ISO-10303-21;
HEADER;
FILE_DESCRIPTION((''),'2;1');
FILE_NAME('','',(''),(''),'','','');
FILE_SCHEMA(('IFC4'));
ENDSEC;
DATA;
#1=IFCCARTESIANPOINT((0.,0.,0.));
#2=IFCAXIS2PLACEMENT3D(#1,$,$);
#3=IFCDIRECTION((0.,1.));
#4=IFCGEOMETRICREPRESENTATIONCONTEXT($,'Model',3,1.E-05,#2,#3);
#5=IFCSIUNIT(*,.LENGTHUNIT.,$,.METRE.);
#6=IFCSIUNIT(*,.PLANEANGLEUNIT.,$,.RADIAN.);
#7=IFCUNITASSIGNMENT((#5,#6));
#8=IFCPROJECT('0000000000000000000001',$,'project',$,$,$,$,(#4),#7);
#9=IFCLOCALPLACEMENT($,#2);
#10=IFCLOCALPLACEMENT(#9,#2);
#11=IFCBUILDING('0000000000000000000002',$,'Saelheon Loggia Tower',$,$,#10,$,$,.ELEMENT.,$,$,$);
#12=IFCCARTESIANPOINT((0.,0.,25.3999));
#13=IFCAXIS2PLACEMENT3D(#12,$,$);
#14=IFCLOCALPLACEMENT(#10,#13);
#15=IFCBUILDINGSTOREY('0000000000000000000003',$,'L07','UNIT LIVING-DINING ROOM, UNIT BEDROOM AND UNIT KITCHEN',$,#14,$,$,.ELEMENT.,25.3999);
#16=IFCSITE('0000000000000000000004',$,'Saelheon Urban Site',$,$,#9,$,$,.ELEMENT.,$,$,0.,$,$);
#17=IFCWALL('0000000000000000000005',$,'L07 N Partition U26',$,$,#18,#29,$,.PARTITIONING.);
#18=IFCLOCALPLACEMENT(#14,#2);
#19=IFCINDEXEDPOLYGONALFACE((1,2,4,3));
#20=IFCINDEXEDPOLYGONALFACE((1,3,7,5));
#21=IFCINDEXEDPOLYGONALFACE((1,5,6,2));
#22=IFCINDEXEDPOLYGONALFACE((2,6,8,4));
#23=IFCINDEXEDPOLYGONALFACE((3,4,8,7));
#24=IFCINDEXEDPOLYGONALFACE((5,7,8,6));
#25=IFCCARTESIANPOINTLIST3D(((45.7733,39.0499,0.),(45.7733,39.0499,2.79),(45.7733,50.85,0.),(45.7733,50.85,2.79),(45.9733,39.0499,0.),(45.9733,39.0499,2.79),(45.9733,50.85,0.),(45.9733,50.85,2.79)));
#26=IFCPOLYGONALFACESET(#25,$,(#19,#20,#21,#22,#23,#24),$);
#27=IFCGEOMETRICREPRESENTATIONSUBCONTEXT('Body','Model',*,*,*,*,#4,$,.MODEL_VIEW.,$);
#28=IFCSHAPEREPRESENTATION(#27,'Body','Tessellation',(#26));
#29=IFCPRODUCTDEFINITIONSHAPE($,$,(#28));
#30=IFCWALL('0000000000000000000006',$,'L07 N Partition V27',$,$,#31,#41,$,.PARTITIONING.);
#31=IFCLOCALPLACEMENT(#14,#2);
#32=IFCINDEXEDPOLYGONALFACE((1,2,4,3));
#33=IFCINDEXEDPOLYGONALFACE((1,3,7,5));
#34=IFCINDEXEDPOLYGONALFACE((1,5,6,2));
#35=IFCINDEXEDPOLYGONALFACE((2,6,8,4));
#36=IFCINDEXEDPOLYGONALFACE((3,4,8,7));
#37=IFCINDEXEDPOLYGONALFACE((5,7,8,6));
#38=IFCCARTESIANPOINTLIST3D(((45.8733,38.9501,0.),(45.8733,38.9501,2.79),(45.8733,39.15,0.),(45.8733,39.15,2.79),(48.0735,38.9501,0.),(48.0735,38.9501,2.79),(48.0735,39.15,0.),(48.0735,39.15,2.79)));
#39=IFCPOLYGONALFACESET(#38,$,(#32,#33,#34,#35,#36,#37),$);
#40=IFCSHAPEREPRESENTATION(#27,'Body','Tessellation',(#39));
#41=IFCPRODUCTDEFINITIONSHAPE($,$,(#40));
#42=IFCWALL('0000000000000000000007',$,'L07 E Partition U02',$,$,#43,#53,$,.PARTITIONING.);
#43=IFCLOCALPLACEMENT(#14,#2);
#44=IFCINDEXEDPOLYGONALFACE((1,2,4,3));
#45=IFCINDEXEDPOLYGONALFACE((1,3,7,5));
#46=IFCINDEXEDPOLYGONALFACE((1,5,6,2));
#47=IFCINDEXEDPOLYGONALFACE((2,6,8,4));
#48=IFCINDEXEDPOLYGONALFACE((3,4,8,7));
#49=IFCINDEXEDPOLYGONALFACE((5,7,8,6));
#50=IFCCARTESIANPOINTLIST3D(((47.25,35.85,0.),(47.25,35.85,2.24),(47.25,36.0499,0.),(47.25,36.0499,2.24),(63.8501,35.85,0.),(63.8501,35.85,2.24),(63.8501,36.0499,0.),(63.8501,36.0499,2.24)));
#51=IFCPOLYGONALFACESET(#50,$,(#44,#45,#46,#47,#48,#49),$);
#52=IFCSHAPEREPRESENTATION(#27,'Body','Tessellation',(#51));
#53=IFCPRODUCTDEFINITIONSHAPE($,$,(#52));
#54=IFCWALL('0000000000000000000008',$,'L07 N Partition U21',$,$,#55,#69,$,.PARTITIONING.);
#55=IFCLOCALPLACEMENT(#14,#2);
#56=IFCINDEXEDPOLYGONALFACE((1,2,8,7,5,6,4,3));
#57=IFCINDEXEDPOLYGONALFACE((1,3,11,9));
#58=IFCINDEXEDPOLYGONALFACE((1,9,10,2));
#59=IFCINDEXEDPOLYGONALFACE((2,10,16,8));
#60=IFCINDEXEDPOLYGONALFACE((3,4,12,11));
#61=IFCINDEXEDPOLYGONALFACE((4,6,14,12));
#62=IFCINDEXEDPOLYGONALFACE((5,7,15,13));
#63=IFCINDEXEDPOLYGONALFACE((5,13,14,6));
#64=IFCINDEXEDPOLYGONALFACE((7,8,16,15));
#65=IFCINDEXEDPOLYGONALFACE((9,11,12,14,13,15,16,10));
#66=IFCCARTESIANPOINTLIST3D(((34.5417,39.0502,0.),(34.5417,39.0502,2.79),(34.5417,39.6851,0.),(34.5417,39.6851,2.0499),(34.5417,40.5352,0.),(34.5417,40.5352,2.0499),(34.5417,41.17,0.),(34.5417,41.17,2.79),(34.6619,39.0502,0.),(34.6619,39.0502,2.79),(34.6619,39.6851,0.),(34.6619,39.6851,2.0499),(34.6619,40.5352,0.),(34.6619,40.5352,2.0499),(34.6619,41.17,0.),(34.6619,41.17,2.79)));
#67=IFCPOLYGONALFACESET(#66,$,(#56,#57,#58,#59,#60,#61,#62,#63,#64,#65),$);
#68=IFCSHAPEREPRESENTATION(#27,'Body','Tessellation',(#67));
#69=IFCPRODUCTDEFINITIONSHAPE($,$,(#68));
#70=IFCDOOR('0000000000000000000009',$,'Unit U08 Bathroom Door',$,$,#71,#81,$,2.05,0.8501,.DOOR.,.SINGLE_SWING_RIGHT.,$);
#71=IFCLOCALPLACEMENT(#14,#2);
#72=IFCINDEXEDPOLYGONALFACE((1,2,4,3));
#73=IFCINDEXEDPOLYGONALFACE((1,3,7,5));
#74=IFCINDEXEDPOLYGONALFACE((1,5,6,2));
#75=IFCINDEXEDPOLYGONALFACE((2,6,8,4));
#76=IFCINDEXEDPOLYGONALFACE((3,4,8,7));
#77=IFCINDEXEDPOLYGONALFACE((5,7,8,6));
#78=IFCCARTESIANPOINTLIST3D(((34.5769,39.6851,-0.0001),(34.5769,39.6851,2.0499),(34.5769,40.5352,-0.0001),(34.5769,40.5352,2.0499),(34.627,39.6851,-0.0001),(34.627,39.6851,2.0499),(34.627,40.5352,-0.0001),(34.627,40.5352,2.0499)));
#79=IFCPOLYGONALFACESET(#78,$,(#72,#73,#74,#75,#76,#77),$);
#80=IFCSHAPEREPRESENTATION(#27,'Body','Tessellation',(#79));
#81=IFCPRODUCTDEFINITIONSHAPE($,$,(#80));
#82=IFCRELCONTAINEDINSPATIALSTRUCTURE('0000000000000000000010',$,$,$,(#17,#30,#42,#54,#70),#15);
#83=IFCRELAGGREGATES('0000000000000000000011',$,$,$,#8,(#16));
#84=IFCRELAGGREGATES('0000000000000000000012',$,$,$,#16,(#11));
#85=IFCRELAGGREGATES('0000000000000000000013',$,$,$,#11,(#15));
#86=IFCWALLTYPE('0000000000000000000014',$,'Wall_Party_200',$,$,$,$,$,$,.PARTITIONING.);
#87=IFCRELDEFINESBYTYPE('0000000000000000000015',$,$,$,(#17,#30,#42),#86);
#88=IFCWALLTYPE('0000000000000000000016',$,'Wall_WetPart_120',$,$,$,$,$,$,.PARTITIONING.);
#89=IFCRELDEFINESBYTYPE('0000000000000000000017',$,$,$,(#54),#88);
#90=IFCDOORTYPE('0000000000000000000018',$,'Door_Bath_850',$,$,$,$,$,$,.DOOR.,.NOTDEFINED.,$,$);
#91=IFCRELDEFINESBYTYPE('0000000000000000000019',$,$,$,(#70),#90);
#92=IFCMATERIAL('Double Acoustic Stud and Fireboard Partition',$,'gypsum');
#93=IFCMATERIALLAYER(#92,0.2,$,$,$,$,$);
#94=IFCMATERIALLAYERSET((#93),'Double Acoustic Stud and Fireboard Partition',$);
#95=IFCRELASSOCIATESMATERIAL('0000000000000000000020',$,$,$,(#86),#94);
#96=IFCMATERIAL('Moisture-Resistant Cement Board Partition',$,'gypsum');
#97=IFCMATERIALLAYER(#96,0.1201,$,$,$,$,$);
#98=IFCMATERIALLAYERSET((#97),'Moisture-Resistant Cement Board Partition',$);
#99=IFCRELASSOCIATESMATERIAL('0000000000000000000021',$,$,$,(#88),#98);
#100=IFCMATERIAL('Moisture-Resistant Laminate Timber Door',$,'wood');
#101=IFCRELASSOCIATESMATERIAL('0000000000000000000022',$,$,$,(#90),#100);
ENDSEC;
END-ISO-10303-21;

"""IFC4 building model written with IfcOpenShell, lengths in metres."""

from ifc_helpers import new_model, si_unit, direction, frame, frame_2d, origin, place, context, subcontext, project, spatial, rectangle, extrude, source, transform, mapped, material, layer, layer_set, type_object, element, fill, save


model = new_model("IFC4")

# Units and contexts
model_context = context("Model", 3, precision=1e-05, world=origin(), true_north=direction((0.0, 1.0)))
body_context = subcontext(model_context, "Body", "Model", "MODEL_VIEW")
ifc_project = project(units=[si_unit("LENGTHUNIT", "METRE"), si_unit("PLANEANGLEUNIT", "RADIAN")], contexts=[model_context])

# Site, building, storey
site_placement = place(None, origin())
site = spatial("IfcSite", under=ifc_project, at=site_placement, Name="Saelheon Urban Site", CompositionType="ELEMENT", RefElevation=0.0)
building_placement = place(site_placement, origin())
building = spatial("IfcBuilding", under=site, at=building_placement, Name="Saelheon Loggia Tower", CompositionType="ELEMENT")
storey_placement = place(building_placement, frame((0.0, 0.0, 25.3999)))
storey = spatial("IfcBuildingStorey", under=building, at=storey_placement, Name="L07", Description="UNIT LIVING-DINING ROOM, UNIT BEDROOM AND UNIT KITCHEN", CompositionType="ELEMENT", Elevation=25.3999)

# Shared definitions
ifc_material_1 = material(Name="Double Acoustic Stud and Fireboard Partition", Category="gypsum")
ifc_layer_1 = layer(ifc_material_1, 0.2)
ifc_layer_set_1 = layer_set([ifc_layer_1], Name="Double Acoustic Stud and Fireboard Partition")
wall_type_1 = type_object("IfcWallType", Name="Wall_Party_200", PredefinedType="PARTITIONING", material=ifc_layer_set_1)

# Walls
wall_1_placement = place(storey_placement, frame((45.8733, 39.05, 0.0), z_axis=(0.0, 0.0, 1.0), x_axis=(0.0, 1.0, 0.0)))
element("IfcWall", 1, at=wall_1_placement, inside=storey, type_object=wall_type_1, Name="L07 N Partition U26", PredefinedType="PARTITIONING", context=body_context, shape_type="SweptSolid", body=[
    extrude(rectangle(XDim=11.8, YDim=0.2, at=frame_2d((5.8999, 0.0))), origin(), (0.0, 0.0, 1.0), 2.79),
])
wall_2_placement = place(storey_placement, frame((45.8733, 39.05, 0.0), z_axis=(0.0, 0.0, 1.0), x_axis=(1.0, 0.0, 0.0)))
element("IfcWall", 2, at=wall_2_placement, inside=storey, type_object=wall_type_1, Name="L07 N Partition V27", PredefinedType="PARTITIONING", context=body_context, shape_type="SweptSolid", body=[
    extrude(rectangle(XDim=2.2002, YDim=0.2, at=frame_2d((1.1001, 0.0))), origin(), (0.0, 0.0, 1.0), 2.79),
])
wall_3_placement = place(storey_placement, frame((47.25, 35.95, 0.0), z_axis=(0.0, 0.0, 1.0), x_axis=(1.0, 0.0, 0.0)))
element("IfcWall", 3, at=wall_3_placement, inside=storey, type_object=wall_type_1, Name="L07 E Partition U02", PredefinedType="PARTITIONING", context=body_context, shape_type="SweptSolid", body=[
    extrude(rectangle(XDim=16.6001, YDim=0.2, at=frame_2d((8.3, 0.0))), origin(), (0.0, 0.0, 1.0), 2.24),
])

# Wall, opening, door
ifc_material_2 = material(Name="Moisture-Resistant Cement Board Partition", Category="gypsum")
ifc_layer_2 = layer(ifc_material_2, 0.1201)
ifc_layer_set_2 = layer_set([ifc_layer_2], Name="Moisture-Resistant Cement Board Partition")
wall_type_2 = type_object("IfcWallType", Name="Wall_WetPart_120", PredefinedType="PARTITIONING", material=ifc_layer_set_2)
wall_4_placement = place(storey_placement, frame((34.6018, 39.05, 0.0), z_axis=(0.0, 0.0, 1.0), x_axis=(0.0, 1.0, 0.0)))
wall_4 = element("IfcWall", 4, at=wall_4_placement, inside=storey, type_object=wall_type_2, Name="L07 N Partition U21", PredefinedType="PARTITIONING", context=body_context, shape_type="SweptSolid", body=[
    extrude(rectangle(XDim=2.1199, YDim=0.1201, at=frame_2d((1.0601, 0.0))), origin(), (0.0, 0.0, 1.0), 2.79),
])
opening_1_placement = place(wall_4_placement, frame((0.635, 0.0, 0.0)))
opening_1 = element("IfcOpeningElement", 5, at=opening_1_placement, cuts=wall_4, PredefinedType="OPENING", context=body_context, shape_type="SweptSolid", body=[
    extrude(rectangle(XDim=0.8501, YDim=2.05, at=frame_2d((0.425, 1.0249))), frame((0.0, 0.072, 0.0), z_axis=(0.0, -1.0, 0.0), x_axis=(1.0, 0.0, 0.0)), (0.0, 0.0, 1.0), 0.144),
])
ifc_material_3 = material(Name="Moisture-Resistant Laminate Timber Door", Category="wood")
door_type_1 = type_object("IfcDoorType", Name="Door_Bath_850", OperationType="NOTDEFINED", PredefinedType="DOOR", material=ifc_material_3)
shared_shape_1 = source(origin(), body_context, "Body", "SweptSolid", [
    extrude(rectangle(XDim=0.8501, YDim=2.05, at=frame_2d((0.425, 1.0249))), frame((0.0, 0.0249, 0.0), z_axis=(0.0, -1.0, 0.0), x_axis=(1.0, 0.0, 0.0)), (0.0, 0.0, 1.0), 0.05),
])
door_1_placement = place(opening_1_placement, origin())
door_1 = element("IfcDoor", 6, at=door_1_placement, inside=storey, type_object=door_type_1, Name="Unit U08 Bathroom Door", OperationType="SINGLE_SWING_RIGHT", OverallHeight=2.05, OverallWidth=0.8501, PredefinedType="DOOR", context=body_context, shape_type="MappedRepresentation", body=[
    mapped(shared_shape_1, transform((0.0, 0.0, 0.0), scale=1.0)),
])
fill(opening_1, door_1)

save(model, "model.ifc")
